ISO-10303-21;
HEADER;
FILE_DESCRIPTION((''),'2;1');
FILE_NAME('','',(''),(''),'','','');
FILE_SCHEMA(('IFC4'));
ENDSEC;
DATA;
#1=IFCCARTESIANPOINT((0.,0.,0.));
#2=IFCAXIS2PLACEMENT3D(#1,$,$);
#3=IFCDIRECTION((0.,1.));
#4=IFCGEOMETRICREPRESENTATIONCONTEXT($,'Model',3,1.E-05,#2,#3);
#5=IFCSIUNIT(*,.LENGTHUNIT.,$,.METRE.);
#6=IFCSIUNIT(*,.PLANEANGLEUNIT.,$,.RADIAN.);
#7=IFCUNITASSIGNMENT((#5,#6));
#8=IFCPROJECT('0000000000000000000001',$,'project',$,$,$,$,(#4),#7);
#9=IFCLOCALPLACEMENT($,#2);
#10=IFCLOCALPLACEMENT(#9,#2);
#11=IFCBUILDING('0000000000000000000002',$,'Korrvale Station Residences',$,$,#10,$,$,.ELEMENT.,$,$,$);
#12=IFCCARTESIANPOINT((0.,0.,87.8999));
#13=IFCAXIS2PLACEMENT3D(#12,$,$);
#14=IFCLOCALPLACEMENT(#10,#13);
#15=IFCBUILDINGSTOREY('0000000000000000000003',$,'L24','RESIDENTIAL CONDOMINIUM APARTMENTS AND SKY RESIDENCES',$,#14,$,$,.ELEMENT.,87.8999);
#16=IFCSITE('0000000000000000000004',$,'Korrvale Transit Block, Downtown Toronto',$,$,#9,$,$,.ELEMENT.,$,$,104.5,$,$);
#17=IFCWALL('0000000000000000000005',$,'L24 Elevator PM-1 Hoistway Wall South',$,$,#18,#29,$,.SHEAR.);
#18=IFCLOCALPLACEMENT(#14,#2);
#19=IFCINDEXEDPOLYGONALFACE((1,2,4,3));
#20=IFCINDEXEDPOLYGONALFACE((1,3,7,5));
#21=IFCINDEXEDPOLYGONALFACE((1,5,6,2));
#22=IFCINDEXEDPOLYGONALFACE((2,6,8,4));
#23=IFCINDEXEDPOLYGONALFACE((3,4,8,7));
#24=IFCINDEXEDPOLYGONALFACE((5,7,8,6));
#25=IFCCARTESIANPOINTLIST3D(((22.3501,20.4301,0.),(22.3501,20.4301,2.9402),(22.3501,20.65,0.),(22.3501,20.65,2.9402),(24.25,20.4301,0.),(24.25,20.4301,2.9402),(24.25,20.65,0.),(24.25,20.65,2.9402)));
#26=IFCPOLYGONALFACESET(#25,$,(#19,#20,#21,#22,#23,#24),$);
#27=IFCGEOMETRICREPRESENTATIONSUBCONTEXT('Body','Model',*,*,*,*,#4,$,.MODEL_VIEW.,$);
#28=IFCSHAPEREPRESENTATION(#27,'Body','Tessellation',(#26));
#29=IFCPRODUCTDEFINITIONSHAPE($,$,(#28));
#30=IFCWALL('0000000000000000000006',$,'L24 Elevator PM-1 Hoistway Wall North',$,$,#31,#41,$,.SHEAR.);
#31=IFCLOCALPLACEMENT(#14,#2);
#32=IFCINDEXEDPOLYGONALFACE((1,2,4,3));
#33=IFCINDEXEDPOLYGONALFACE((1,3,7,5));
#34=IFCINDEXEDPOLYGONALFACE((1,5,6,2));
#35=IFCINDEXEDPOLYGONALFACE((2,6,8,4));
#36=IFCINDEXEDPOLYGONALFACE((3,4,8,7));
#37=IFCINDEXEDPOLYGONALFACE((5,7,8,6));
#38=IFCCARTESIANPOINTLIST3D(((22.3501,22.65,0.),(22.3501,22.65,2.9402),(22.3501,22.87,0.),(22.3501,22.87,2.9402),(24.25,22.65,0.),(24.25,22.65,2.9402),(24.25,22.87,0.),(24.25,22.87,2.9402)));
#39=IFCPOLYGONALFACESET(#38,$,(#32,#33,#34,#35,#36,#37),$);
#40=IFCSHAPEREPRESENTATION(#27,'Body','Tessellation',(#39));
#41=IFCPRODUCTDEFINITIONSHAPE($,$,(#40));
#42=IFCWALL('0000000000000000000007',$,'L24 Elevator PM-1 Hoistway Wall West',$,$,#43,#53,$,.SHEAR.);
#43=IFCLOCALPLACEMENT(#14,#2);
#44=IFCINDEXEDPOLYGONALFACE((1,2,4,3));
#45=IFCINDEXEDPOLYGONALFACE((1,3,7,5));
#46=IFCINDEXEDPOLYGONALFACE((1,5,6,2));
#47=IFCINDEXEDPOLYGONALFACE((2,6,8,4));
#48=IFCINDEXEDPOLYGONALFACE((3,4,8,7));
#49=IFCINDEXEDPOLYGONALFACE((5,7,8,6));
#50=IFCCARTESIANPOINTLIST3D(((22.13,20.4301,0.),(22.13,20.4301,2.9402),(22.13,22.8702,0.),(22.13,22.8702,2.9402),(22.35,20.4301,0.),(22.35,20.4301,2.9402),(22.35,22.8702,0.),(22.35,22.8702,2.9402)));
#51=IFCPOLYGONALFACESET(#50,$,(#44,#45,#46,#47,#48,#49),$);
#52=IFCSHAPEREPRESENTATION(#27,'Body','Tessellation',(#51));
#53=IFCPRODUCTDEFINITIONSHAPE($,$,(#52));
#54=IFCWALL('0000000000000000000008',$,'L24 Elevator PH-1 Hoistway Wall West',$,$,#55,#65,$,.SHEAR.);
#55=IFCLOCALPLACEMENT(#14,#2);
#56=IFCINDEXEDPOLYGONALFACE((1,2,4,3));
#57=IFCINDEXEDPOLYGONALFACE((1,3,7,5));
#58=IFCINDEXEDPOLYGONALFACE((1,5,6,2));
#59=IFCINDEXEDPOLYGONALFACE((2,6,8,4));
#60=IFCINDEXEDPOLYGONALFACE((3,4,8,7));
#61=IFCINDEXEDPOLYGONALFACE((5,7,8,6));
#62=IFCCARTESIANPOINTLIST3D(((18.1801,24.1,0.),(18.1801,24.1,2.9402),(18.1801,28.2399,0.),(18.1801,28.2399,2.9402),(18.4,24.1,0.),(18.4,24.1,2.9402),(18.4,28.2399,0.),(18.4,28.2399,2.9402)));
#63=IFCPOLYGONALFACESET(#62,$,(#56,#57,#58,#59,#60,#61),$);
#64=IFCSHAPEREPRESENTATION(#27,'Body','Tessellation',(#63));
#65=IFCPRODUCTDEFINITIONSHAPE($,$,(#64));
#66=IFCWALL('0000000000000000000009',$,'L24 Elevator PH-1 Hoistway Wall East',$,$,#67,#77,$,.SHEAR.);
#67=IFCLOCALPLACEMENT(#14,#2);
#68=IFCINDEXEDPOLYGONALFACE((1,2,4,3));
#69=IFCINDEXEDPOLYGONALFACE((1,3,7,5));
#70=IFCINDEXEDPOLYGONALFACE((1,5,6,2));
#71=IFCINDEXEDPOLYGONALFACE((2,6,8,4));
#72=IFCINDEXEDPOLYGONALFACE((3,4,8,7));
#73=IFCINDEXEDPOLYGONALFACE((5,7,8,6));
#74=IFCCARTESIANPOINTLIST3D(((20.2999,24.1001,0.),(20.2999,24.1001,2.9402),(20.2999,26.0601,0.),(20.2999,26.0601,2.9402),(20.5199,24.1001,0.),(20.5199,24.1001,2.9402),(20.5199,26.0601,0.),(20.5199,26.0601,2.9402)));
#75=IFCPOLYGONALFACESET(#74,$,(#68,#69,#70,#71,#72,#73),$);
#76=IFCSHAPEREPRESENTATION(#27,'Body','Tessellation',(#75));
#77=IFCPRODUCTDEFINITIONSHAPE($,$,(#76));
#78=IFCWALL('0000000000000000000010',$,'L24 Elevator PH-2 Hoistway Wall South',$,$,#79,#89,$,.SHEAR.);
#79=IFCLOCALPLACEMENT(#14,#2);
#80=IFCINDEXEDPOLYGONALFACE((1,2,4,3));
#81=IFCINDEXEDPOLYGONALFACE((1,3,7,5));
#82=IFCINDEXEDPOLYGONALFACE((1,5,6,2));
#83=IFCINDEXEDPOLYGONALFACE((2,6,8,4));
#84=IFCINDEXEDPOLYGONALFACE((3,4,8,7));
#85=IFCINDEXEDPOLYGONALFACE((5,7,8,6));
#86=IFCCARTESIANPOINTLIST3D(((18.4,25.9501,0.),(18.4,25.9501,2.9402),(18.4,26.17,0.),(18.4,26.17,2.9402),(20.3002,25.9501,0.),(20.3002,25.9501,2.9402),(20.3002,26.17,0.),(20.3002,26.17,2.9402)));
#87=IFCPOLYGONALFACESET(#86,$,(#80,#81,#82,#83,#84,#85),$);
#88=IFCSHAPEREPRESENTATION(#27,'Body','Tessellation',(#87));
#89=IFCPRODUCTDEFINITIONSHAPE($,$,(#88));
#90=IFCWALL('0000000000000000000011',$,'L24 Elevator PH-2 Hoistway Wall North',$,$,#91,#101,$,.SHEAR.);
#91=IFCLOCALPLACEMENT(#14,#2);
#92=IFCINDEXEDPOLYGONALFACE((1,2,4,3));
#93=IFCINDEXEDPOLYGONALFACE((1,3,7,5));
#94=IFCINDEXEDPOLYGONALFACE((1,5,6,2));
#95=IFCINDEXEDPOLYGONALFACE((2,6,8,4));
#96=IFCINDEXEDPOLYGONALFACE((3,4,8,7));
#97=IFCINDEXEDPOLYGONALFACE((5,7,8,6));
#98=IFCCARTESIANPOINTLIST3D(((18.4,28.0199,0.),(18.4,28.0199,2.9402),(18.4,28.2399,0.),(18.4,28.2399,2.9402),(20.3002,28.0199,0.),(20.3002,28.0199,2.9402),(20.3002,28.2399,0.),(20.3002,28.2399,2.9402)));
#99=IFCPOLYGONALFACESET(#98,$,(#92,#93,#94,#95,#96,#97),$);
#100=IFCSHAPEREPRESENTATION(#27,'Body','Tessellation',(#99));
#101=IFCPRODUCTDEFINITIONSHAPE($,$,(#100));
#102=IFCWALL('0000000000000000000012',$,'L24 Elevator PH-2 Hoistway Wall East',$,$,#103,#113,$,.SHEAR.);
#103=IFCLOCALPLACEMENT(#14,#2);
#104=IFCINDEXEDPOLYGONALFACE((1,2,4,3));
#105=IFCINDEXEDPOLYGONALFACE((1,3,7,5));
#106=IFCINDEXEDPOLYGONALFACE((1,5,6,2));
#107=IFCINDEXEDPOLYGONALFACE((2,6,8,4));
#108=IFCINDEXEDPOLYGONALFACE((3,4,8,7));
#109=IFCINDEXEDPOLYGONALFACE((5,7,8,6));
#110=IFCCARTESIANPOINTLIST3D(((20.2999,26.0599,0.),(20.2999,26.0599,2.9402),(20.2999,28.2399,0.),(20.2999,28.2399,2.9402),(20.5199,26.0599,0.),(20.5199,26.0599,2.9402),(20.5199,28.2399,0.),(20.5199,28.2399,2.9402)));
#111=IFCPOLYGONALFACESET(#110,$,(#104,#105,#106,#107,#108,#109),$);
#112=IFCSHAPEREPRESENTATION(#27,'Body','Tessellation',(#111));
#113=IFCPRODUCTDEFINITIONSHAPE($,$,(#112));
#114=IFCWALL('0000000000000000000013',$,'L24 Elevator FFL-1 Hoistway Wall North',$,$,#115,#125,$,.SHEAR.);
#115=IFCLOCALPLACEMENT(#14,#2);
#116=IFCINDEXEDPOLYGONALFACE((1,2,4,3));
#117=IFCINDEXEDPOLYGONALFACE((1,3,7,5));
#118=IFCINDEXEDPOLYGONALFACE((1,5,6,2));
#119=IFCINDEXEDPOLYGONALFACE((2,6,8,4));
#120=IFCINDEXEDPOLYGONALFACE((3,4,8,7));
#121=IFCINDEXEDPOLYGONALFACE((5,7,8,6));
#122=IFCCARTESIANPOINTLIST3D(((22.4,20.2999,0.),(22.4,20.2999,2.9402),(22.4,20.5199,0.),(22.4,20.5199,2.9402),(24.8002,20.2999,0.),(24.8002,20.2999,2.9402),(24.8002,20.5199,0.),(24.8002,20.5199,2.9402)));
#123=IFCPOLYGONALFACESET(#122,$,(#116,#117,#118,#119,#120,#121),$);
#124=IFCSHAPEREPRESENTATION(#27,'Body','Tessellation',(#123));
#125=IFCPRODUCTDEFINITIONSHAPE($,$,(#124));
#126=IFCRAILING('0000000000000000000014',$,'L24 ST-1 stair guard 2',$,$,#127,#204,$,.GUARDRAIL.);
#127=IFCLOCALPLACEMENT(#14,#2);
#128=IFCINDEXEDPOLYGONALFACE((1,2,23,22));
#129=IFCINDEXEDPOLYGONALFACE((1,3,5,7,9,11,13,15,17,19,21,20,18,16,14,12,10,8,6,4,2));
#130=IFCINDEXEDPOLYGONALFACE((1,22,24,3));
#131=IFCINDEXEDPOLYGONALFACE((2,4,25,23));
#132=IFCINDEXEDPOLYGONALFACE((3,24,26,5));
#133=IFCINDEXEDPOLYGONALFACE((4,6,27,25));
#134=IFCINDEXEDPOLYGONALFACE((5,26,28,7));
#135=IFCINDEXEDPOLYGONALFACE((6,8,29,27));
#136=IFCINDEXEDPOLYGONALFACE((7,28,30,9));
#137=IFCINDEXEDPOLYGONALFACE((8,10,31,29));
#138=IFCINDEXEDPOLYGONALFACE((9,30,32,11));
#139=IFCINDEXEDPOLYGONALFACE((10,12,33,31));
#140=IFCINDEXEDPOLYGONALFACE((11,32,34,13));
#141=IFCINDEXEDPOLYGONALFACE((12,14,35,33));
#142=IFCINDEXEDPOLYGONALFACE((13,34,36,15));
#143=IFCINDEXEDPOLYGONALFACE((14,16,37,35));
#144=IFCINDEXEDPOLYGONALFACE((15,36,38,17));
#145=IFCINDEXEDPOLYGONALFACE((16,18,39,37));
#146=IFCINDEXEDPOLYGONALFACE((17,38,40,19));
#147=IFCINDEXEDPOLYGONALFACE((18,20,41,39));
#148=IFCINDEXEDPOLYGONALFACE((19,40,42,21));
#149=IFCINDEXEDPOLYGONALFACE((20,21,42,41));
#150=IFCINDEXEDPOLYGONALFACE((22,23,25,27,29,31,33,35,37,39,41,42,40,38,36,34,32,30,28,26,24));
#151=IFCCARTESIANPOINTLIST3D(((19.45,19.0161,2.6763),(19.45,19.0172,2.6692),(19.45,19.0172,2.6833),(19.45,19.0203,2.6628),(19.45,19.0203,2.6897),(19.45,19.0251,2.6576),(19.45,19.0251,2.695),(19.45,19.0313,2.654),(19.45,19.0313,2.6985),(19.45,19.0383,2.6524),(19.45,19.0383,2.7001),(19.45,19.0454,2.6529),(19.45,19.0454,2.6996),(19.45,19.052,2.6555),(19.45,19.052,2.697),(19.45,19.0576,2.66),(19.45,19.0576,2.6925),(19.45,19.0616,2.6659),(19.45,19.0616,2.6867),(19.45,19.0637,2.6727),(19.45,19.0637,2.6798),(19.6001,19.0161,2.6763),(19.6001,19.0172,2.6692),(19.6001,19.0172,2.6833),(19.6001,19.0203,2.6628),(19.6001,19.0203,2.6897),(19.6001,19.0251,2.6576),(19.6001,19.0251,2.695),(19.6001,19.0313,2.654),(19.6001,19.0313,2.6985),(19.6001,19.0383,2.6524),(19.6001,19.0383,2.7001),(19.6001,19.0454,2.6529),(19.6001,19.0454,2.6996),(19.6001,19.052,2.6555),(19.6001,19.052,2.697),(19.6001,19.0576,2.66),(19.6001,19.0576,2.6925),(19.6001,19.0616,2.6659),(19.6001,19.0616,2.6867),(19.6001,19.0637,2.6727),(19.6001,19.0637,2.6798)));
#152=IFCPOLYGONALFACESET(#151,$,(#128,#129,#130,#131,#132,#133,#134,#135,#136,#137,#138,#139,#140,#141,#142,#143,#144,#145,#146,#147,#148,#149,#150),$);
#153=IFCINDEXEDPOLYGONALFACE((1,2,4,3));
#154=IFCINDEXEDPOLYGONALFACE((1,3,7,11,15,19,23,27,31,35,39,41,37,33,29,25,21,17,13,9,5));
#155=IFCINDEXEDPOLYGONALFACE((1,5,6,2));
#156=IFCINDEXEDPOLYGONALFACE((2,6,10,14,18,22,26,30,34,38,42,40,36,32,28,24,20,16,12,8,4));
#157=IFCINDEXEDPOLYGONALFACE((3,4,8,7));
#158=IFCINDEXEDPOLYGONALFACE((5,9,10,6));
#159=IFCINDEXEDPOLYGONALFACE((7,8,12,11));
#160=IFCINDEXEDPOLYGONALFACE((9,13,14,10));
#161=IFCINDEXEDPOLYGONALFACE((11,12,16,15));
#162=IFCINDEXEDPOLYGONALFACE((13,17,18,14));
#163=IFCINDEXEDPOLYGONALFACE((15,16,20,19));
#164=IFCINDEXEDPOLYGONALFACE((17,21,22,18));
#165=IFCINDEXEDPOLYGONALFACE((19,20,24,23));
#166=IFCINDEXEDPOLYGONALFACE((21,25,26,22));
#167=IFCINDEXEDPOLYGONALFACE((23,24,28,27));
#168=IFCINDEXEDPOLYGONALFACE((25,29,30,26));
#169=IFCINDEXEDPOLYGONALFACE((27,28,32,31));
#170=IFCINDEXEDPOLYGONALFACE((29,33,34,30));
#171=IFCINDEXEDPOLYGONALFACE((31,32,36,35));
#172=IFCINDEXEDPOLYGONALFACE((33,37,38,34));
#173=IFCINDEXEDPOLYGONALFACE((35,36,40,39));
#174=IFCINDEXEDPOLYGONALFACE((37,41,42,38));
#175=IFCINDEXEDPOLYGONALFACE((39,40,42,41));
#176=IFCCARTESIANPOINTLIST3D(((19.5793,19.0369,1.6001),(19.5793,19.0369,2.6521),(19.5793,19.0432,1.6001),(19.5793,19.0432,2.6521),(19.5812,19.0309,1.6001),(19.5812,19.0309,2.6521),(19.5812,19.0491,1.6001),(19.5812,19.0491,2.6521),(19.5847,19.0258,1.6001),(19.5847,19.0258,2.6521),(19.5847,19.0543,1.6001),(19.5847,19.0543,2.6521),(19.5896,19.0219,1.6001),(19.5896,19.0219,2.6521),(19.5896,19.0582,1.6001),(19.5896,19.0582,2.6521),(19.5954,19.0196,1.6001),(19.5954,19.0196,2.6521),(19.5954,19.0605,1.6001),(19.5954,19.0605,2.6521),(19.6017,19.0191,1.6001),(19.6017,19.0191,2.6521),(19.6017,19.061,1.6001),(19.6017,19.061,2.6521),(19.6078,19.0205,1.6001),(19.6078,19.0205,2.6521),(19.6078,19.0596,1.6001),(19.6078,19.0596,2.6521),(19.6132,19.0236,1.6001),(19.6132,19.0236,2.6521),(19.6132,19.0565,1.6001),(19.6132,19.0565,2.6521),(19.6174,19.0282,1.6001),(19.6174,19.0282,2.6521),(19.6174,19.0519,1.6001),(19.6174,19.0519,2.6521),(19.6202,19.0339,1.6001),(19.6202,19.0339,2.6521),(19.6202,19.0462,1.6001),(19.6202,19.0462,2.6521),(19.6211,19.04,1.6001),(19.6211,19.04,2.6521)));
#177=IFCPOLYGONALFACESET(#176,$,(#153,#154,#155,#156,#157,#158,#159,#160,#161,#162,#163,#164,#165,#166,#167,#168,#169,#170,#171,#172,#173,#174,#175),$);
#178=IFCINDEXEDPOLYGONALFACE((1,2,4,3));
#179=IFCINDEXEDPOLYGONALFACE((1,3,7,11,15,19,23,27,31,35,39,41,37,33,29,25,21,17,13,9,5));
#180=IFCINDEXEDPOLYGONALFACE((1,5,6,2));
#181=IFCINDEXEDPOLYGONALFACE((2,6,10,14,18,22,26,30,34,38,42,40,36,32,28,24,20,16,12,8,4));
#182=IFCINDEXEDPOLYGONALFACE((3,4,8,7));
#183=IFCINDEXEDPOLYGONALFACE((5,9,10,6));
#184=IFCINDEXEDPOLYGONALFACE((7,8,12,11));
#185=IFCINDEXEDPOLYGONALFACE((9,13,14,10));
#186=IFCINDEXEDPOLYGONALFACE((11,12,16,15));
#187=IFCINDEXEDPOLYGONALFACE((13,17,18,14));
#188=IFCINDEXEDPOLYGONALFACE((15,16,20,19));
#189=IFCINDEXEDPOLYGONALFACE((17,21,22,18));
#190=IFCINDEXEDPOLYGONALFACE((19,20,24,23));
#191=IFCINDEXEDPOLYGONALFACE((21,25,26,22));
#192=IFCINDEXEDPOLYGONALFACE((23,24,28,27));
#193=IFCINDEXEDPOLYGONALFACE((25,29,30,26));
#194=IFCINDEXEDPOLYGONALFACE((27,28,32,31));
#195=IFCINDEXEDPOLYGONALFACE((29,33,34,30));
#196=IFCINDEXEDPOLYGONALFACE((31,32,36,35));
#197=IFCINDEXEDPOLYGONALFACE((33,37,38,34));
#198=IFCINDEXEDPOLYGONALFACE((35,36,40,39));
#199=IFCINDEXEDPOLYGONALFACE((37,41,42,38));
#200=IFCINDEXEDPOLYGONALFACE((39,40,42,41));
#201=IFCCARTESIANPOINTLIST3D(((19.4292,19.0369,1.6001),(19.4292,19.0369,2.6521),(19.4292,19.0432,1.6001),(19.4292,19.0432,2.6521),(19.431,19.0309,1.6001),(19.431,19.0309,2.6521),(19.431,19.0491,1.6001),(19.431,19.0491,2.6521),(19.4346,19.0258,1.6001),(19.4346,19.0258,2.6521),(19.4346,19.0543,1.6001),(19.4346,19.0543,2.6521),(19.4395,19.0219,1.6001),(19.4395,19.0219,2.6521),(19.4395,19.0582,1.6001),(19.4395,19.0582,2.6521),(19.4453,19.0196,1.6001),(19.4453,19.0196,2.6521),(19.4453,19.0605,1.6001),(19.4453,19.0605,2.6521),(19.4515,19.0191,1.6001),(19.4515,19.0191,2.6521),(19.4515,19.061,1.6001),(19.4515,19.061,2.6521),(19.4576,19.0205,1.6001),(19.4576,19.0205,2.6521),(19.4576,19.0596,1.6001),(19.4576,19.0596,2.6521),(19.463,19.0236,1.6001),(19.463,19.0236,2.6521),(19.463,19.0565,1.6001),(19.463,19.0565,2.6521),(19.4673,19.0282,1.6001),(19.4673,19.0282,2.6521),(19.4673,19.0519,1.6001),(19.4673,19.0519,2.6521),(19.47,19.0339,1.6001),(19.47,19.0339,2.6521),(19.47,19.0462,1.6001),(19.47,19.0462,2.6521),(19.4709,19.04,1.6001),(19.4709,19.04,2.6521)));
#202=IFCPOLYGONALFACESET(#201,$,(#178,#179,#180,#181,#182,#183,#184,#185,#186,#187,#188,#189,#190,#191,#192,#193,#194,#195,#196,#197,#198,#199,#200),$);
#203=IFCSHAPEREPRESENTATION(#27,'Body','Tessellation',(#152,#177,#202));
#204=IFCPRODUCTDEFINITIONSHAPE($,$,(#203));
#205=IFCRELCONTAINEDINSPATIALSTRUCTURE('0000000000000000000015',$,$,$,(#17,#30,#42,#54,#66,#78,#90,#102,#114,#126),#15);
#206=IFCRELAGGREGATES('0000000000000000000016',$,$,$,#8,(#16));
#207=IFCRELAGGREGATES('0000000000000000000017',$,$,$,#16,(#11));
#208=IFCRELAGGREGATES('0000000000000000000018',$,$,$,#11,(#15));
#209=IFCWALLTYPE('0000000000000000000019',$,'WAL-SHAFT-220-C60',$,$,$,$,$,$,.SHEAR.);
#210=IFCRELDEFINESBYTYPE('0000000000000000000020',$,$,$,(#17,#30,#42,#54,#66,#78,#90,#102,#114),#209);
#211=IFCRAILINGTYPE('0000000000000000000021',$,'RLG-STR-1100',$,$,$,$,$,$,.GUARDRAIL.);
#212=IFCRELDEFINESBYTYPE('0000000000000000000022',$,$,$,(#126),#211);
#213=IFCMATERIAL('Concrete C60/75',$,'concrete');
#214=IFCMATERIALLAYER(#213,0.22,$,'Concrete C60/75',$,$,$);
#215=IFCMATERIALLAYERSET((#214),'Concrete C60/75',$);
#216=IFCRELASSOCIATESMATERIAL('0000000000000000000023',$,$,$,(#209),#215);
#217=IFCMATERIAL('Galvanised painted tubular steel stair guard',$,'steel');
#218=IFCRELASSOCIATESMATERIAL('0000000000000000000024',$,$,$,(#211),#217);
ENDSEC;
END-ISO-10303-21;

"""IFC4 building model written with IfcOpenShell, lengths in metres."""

from ifc_helpers import new_model, si_unit, direction, frame, frame_2d, origin, origin_2d, place, context, subcontext, project, spatial, rectangle, circle, extrude, material, layer, layer_set, type_object, element, save


model = new_model("IFC4")

# Units and contexts
model_context = context("Model", 3, precision=1e-05, world=origin(), true_north=direction((0.0, 1.0)))
body_context = subcontext(model_context, "Body", "Model", "MODEL_VIEW")
ifc_project = project(units=[si_unit("LENGTHUNIT", "METRE"), si_unit("PLANEANGLEUNIT", "RADIAN")], contexts=[model_context])

# Site, building, storey
site_placement = place(None, origin())
site = spatial("IfcSite", under=ifc_project, at=site_placement, Name="Korrvale Transit Block, Downtown Toronto", CompositionType="ELEMENT", RefElevation=104.5)
building_placement = place(site_placement, origin())
building = spatial("IfcBuilding", under=site, at=building_placement, Name="Korrvale Station Residences", CompositionType="ELEMENT")
storey_placement = place(building_placement, frame((0.0, 0.0, 87.8999)))
storey = spatial("IfcBuildingStorey", under=building, at=storey_placement, Name="L24", Description="RESIDENTIAL CONDOMINIUM APARTMENTS AND SKY RESIDENCES", CompositionType="ELEMENT", Elevation=87.8999)

# Shared definitions
ifc_material_1 = material(Name="Concrete C60/75", Category="concrete")

# Shared definitions
ifc_layer_1 = layer(ifc_material_1, 0.22, Name="Concrete C60/75")
ifc_layer_set_1 = layer_set([ifc_layer_1], Name="Concrete C60/75")
wall_type_1 = type_object("IfcWallType", Name="WAL-SHAFT-220-C60", PredefinedType="SHEAR", material=ifc_layer_set_1)

# Walls
for number, where, z_axis, x_axis, name in (
    (1, (22.3501, 20.54, 0.0), (0.0, 0.0, 1.0), (1.0, 0.0, 0.0), "L24 Elevator PM-1 Hoistway Wall South"),
    (2, (22.3501, 22.76, 0.0), (0.0, 0.0, 1.0), (1.0, 0.0, 0.0), "L24 Elevator PM-1 Hoistway Wall North"),
):
    element("IfcWall", number, at=place(storey_placement, frame(where, z_axis=z_axis, x_axis=x_axis)), inside=storey, type_object=wall_type_1, Name=name, PredefinedType="SHEAR", context=body_context, shape_type="SweptSolid", body=[
        extrude(rectangle(XDim=1.8999, YDim=0.22, at=frame_2d((0.95, 0.0))), origin(), (0.0, 0.0, 1.0), 2.9402),
    ])
wall_1_placement = place(storey_placement, frame((22.24, 20.4299, 0.0), z_axis=(0.0, 0.0, 1.0), x_axis=(0.0, 1.0, 0.0)))
element("IfcWall", 3, at=wall_1_placement, inside=storey, type_object=wall_type_1, Name="L24 Elevator PM-1 Hoistway Wall West", PredefinedType="SHEAR", context=body_context, shape_type="SweptSolid", body=[
    extrude(rectangle(XDim=2.4402, YDim=0.22, at=frame_2d((1.2202, 0.0))), origin(), (0.0, 0.0, 1.0), 2.9402),
])
wall_2_placement = place(storey_placement, frame((18.29, 24.1001, 0.0), z_axis=(0.0, 0.0, 1.0), x_axis=(0.0, 1.0, 0.0)))
element("IfcWall", 4, at=wall_2_placement, inside=storey, type_object=wall_type_1, Name="L24 Elevator PH-1 Hoistway Wall West", PredefinedType="SHEAR", context=body_context, shape_type="SweptSolid", body=[
    extrude(rectangle(XDim=4.1399, YDim=0.22, at=frame_2d((2.0698, 0.0))), origin(), (0.0, 0.0, 1.0), 2.9402),
])
wall_3_placement = place(storey_placement, frame((20.4099, 24.1001, 0.0), z_axis=(0.0, 0.0, 1.0), x_axis=(0.0, 1.0, 0.0)))
element("IfcWall", 5, at=wall_3_placement, inside=storey, type_object=wall_type_1, Name="L24 Elevator PH-1 Hoistway Wall East", PredefinedType="SHEAR", context=body_context, shape_type="SweptSolid", body=[
    extrude(rectangle(XDim=1.96, YDim=0.22, at=frame_2d((0.98, 0.0))), origin(), (0.0, 0.0, 1.0), 2.9402),
])
for number, where, z_axis, x_axis, name in (
    (6, (18.3999, 26.0601, 0.0), (0.0, 0.0, 1.0), (1.0, 0.0, 0.0), "L24 Elevator PH-2 Hoistway Wall South"),
    (7, (18.3999, 28.1299, 0.0), (0.0, 0.0, 1.0), (1.0, 0.0, 0.0), "L24 Elevator PH-2 Hoistway Wall North"),
):
    element("IfcWall", number, at=place(storey_placement, frame(where, z_axis=z_axis, x_axis=x_axis)), inside=storey, type_object=wall_type_1, Name=name, PredefinedType="SHEAR", context=body_context, shape_type="SweptSolid", body=[
        extrude(rectangle(XDim=1.9001, YDim=0.22, at=frame_2d((0.9502, 0.0))), origin(), (0.0, 0.0, 1.0), 2.9402),
    ])
wall_4_placement = place(storey_placement, frame((20.4099, 26.0601, 0.0), z_axis=(0.0, 0.0, 1.0), x_axis=(0.0, 1.0, 0.0)))
element("IfcWall", 8, at=wall_4_placement, inside=storey, type_object=wall_type_1, Name="L24 Elevator PH-2 Hoistway Wall East", PredefinedType="SHEAR", context=body_context, shape_type="SweptSolid", body=[
    extrude(rectangle(XDim=2.1799, YDim=0.22, at=frame_2d((1.0898, 0.0))), origin(), (0.0, 0.0, 1.0), 2.9402),
])
wall_5_placement = place(storey_placement, frame((22.3999, 20.4099, 0.0), z_axis=(0.0, 0.0, 1.0), x_axis=(1.0, 0.0, 0.0)))
element("IfcWall", 9, at=wall_5_placement, inside=storey, type_object=wall_type_1, Name="L24 Elevator FFL-1 Hoistway Wall North", PredefinedType="SHEAR", context=body_context, shape_type="SweptSolid", body=[
    extrude(rectangle(XDim=2.4001, YDim=0.22, at=frame_2d((1.2002, 0.0))), origin(), (0.0, 0.0, 1.0), 2.9402),
])

# Railing
ifc_material_2 = material(Name="Galvanised painted tubular steel stair guard", Category="steel")
railing_type = type_object("IfcRailingType", Name="RLG-STR-1100", PredefinedType="GUARDRAIL", material=ifc_material_2)
railing_placement = place(storey_placement, frame((19.6001, 19.04, 1.6001)))
element("IfcRailing", 10, at=railing_placement, inside=storey, type_object=railing_type, Name="L24 ST-1 stair guard 2", PredefinedType="GUARDRAIL", context=body_context, shape_type="SweptSolid", body=[
    extrude(circle(Radius=0.0239, at=origin_2d()), frame((0.0, 0.0, 1.0762), z_axis=(-1.0, 0.0, 0.0), x_axis=(0.0, -1.0, 0.0)), (0.0, 0.0, 1.0), 0.1501),
    extrude(circle(Radius=0.021, at=origin_2d()), origin(), (0.0, 0.0, 1.0), 1.052),
    extrude(circle(Radius=0.021, at=origin_2d()), frame((-0.1501, 0.0, 0.0)), (0.0, 0.0, 1.0), 1.052),
])

save(model, "model.ifc")
